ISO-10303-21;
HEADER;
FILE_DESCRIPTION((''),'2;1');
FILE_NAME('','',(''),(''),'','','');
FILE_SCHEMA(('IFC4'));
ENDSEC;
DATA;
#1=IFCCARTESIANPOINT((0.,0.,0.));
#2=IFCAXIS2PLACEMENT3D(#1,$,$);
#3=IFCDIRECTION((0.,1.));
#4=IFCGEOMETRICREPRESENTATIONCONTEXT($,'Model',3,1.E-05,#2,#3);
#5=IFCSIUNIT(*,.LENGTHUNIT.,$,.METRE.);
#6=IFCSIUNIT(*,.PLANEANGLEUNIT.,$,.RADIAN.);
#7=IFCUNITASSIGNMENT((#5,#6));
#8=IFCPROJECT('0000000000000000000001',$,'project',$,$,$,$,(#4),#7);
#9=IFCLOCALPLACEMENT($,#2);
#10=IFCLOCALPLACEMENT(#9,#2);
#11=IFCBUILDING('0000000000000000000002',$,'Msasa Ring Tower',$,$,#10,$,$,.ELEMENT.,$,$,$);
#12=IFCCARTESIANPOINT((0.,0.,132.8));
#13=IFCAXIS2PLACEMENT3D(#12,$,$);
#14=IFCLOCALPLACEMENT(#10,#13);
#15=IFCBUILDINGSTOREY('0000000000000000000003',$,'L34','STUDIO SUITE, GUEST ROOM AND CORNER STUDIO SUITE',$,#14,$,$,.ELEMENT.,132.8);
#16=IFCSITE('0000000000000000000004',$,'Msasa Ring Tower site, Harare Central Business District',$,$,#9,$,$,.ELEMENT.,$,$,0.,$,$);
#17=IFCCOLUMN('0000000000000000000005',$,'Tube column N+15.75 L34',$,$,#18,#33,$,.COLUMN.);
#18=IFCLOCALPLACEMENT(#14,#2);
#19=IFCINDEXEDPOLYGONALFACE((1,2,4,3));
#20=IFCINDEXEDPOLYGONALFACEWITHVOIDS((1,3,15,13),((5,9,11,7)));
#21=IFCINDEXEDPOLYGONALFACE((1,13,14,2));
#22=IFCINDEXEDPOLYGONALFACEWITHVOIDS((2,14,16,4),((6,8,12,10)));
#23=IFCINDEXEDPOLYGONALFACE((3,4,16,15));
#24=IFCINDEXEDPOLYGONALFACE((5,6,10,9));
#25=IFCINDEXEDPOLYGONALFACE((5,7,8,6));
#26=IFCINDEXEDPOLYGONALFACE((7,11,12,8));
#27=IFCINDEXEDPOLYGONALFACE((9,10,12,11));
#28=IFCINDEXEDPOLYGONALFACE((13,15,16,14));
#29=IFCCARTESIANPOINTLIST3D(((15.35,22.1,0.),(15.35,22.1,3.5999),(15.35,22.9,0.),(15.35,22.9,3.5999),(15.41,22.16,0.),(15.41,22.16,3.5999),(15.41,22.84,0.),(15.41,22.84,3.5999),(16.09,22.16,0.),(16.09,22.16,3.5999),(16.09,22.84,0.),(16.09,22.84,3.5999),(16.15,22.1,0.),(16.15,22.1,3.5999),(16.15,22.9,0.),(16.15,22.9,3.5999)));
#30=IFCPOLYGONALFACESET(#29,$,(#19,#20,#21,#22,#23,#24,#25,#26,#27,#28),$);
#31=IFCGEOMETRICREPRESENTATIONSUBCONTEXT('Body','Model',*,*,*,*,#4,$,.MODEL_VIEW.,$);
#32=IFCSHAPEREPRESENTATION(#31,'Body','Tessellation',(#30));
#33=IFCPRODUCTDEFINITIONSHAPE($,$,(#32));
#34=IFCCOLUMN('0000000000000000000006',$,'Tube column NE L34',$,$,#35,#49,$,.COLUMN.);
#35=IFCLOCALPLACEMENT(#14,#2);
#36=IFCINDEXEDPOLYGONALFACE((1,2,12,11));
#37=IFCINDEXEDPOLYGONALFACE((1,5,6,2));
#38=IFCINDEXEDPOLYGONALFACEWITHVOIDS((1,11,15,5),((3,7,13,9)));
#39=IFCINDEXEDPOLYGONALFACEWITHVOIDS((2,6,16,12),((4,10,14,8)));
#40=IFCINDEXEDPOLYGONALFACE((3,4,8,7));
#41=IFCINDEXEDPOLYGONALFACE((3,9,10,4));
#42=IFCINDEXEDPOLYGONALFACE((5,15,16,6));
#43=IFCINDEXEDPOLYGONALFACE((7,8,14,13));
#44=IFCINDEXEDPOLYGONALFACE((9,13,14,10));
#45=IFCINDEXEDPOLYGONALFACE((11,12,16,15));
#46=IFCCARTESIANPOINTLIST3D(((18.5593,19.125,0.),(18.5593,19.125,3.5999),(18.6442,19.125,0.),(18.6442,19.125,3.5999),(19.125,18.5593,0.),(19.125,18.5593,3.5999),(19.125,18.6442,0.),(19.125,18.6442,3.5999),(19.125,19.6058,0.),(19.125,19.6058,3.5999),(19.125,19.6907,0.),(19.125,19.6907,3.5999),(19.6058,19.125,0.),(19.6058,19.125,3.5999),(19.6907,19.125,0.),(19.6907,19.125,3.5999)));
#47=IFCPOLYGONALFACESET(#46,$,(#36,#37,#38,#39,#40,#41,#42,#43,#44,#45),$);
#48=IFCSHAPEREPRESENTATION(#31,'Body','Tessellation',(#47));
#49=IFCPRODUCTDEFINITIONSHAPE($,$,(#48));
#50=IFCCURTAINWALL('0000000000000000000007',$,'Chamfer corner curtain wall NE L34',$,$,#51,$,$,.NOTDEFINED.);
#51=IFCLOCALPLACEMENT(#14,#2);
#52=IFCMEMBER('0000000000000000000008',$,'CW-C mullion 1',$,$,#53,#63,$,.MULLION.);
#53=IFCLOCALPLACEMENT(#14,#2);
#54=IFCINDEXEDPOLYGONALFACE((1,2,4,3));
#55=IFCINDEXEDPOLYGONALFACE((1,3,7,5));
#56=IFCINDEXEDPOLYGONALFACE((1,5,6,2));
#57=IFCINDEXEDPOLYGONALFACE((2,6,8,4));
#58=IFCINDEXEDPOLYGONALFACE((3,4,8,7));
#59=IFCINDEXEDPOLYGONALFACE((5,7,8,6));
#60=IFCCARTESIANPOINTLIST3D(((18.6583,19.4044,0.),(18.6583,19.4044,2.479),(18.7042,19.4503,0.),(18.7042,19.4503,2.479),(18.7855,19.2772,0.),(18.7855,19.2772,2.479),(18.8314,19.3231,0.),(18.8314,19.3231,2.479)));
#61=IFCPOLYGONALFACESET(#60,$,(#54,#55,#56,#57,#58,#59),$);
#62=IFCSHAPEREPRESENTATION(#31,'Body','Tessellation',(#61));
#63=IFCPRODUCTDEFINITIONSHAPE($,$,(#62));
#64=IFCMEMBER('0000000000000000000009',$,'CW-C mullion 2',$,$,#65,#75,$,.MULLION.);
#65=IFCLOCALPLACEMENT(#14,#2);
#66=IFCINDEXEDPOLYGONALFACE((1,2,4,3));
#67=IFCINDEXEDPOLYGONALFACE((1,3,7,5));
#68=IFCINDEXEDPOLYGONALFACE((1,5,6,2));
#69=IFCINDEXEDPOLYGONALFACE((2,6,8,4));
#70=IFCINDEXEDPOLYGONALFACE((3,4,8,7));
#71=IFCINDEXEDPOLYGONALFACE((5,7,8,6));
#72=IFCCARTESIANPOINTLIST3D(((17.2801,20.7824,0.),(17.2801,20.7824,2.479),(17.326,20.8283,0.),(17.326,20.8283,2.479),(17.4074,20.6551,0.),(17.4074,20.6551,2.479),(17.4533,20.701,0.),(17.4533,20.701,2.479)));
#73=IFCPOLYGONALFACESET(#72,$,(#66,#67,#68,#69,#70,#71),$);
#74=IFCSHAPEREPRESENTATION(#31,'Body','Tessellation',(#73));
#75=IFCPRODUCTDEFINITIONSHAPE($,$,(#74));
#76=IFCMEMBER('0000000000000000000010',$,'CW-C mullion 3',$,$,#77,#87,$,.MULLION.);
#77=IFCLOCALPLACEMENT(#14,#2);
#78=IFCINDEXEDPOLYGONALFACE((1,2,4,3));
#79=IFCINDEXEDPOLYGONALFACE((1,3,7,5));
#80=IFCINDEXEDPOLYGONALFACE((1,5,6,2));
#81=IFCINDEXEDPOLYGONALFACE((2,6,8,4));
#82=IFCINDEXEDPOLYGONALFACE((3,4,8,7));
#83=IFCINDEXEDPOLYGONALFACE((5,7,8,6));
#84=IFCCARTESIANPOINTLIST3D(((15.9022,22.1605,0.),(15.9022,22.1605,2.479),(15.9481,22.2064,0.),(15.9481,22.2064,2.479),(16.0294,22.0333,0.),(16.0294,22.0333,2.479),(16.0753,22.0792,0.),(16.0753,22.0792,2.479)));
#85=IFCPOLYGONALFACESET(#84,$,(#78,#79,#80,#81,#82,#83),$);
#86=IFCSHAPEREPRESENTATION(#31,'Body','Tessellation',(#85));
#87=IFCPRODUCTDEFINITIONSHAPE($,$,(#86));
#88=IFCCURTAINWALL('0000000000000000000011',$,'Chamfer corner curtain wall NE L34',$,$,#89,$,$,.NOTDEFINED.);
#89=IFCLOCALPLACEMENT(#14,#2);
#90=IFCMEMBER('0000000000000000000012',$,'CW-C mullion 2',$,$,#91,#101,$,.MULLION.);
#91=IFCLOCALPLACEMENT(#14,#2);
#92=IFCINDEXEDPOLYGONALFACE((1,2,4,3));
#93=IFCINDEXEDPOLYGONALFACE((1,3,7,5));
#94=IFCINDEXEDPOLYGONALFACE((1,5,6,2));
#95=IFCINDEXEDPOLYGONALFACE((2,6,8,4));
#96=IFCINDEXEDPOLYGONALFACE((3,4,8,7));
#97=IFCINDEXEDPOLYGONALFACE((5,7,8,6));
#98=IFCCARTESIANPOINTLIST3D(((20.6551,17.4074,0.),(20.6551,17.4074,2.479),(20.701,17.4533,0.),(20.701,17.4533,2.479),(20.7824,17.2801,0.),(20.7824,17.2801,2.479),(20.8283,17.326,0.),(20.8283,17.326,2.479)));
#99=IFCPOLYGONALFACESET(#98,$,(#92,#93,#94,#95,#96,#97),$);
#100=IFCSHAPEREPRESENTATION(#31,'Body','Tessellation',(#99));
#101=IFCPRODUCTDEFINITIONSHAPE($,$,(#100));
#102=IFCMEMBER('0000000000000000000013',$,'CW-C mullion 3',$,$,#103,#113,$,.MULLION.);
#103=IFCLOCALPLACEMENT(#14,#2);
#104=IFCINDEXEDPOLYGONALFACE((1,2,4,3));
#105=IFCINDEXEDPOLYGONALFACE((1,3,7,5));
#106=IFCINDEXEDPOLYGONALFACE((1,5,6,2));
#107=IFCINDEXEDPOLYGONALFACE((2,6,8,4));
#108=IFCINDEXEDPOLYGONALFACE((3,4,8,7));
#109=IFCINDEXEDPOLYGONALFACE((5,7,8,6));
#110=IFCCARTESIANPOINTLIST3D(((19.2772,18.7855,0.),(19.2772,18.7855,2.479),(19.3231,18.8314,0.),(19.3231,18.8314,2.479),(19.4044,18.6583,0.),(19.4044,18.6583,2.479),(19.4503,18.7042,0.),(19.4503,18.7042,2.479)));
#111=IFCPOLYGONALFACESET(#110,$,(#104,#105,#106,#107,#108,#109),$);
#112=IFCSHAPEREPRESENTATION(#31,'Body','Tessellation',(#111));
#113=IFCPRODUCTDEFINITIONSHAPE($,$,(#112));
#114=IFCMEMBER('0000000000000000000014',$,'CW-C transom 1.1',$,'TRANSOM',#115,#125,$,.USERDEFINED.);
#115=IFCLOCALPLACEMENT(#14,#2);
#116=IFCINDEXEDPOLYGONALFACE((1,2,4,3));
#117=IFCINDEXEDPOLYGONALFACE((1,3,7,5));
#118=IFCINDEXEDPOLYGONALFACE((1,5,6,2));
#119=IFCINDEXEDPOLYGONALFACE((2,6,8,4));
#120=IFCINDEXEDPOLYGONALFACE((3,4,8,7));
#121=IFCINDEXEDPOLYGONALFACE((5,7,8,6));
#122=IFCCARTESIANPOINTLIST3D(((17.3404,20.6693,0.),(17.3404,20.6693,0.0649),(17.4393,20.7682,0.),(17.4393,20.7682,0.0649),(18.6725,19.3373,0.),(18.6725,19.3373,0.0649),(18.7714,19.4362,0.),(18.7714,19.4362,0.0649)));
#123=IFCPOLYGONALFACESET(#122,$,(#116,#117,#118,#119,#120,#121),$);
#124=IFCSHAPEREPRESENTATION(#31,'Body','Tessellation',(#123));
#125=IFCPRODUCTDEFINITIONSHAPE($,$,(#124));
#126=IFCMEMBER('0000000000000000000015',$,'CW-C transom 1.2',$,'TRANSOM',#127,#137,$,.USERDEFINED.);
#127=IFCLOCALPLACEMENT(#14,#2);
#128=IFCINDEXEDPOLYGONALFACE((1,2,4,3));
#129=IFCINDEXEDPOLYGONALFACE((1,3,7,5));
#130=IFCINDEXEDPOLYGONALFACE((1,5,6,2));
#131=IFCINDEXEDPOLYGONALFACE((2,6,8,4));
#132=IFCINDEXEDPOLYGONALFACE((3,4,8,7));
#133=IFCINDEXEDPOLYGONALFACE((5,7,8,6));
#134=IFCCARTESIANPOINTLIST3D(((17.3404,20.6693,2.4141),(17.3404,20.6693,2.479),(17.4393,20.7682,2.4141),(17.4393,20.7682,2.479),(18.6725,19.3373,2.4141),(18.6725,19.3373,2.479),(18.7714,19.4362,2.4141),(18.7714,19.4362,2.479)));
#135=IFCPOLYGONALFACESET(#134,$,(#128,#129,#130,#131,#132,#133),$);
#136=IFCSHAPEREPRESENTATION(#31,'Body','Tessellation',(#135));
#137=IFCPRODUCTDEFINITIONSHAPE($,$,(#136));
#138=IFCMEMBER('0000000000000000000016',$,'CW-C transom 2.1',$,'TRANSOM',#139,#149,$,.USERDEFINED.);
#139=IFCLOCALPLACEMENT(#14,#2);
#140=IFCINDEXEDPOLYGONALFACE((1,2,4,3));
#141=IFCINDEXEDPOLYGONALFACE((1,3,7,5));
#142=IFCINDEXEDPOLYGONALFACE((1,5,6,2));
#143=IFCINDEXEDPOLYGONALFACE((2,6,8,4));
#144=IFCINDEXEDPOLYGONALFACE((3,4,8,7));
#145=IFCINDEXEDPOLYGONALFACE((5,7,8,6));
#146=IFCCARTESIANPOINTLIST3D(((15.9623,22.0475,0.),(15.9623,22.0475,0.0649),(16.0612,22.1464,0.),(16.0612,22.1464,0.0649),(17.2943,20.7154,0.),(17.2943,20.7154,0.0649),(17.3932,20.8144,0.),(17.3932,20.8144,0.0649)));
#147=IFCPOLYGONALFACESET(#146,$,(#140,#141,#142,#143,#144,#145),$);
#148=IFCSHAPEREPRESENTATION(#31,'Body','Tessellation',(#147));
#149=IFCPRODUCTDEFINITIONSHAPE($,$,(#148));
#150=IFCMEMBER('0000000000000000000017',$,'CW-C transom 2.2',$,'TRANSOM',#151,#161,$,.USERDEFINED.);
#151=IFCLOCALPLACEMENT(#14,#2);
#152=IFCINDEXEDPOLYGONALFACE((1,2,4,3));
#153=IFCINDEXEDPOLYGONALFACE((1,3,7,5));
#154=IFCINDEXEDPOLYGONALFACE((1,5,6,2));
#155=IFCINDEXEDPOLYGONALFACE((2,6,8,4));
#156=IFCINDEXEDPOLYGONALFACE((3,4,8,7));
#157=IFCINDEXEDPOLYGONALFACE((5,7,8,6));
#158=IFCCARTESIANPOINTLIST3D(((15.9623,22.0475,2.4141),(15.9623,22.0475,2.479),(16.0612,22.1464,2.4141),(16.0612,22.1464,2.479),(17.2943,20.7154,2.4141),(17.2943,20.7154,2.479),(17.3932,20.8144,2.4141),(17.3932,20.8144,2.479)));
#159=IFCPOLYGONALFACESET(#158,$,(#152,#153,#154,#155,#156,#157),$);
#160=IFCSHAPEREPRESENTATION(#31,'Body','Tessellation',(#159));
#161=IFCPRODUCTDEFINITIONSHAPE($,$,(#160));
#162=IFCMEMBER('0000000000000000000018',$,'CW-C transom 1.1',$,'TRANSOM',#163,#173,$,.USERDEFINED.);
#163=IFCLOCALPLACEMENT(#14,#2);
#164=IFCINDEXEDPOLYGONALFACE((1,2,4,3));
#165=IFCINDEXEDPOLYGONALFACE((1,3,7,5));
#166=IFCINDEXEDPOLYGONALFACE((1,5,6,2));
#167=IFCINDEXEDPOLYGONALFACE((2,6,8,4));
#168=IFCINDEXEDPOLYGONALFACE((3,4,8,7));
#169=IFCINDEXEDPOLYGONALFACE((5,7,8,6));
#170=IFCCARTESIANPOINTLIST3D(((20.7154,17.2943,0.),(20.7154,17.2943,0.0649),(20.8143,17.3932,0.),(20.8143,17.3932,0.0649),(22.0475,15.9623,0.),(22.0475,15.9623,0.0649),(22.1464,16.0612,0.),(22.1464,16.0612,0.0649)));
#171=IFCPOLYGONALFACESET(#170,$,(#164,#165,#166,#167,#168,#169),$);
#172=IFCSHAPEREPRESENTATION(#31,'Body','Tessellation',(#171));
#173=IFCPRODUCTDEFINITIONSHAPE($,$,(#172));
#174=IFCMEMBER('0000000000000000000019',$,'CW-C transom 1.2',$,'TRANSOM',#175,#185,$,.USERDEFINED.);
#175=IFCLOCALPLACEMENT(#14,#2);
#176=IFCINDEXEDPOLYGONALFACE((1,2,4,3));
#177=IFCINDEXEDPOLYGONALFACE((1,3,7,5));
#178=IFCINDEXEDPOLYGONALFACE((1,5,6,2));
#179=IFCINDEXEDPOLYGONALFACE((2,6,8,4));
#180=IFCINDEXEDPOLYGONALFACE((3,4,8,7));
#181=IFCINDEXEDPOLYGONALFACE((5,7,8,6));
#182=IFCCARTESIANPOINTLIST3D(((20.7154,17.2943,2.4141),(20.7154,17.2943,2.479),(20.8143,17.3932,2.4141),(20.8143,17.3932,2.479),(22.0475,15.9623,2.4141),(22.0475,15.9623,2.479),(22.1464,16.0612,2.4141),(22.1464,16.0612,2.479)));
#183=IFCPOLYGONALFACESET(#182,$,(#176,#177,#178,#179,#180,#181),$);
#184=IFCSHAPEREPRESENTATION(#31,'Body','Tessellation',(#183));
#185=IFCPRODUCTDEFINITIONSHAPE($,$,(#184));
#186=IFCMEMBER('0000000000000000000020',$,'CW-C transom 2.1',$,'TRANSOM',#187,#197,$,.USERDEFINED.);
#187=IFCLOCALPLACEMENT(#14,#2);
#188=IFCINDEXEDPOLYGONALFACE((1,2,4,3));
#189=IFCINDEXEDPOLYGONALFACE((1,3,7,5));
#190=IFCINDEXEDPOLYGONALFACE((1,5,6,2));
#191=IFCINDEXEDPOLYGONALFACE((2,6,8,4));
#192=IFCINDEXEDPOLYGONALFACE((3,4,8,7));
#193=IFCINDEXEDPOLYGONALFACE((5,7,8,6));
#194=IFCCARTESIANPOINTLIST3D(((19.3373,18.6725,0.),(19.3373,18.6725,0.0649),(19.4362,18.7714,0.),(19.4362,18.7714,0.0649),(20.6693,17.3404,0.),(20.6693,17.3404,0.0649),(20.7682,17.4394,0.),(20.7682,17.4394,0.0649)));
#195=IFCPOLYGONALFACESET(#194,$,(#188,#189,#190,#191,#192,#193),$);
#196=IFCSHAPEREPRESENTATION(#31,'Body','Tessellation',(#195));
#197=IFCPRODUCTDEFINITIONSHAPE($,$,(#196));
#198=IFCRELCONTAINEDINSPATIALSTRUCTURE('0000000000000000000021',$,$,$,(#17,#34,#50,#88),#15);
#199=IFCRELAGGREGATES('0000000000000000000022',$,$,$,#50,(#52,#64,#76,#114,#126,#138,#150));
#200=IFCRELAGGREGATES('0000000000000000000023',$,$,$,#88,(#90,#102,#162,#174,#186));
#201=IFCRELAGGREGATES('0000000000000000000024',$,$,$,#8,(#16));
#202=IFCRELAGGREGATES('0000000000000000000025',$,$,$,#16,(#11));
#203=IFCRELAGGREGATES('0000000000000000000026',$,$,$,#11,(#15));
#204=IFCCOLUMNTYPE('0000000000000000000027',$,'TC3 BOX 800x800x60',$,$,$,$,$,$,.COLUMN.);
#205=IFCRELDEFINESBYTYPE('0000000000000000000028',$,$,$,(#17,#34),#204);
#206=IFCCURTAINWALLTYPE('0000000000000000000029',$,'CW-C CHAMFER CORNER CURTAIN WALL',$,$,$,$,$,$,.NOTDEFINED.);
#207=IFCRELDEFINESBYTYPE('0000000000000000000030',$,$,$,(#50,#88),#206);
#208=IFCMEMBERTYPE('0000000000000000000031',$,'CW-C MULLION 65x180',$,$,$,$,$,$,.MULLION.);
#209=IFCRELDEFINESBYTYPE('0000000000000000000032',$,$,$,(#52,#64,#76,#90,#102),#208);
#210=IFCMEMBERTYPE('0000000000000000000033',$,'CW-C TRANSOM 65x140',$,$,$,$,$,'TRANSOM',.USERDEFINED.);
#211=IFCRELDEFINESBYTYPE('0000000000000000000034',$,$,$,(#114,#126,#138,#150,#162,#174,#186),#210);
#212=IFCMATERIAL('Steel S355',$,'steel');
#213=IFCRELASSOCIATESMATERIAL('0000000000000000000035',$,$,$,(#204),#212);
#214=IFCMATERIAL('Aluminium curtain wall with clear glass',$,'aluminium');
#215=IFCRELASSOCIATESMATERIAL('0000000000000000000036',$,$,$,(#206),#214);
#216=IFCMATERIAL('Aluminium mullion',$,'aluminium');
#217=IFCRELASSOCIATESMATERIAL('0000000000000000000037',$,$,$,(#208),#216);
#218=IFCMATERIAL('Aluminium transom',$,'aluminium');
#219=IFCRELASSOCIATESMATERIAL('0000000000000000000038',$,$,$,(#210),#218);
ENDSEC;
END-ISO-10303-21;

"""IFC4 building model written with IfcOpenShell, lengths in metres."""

from ifc_helpers import new_model, si_unit, direction, frame, origin, origin_2d, place, context, subcontext, project, spatial, rectangle, hollow_rectangle, extrude, material, material_profile, profile_set, type_object, element, aggregate, save


model = new_model("IFC4")

# Units and contexts
model_context = context("Model", 3, precision=1e-05, world=origin(), true_north=direction((0.0, 1.0)))
body_context = subcontext(model_context, "Body", "Model", "MODEL_VIEW")
ifc_project = project(units=[si_unit("LENGTHUNIT", "METRE"), si_unit("PLANEANGLEUNIT", "RADIAN")], contexts=[model_context])

# Site, building, storey
site_placement = place(None, origin())
site = spatial("IfcSite", under=ifc_project, at=site_placement, Name="Msasa Ring Tower site, Harare Central Business District", CompositionType="ELEMENT", RefElevation=0.0)
building_placement = place(site_placement, origin())
building = spatial("IfcBuilding", under=site, at=building_placement, Name="Msasa Ring Tower", CompositionType="ELEMENT")
storey_placement = place(building_placement, frame((0.0, 0.0, 132.8)))
storey = spatial("IfcBuildingStorey", under=building, at=storey_placement, Name="L34", Description="STUDIO SUITE, GUEST ROOM AND CORNER STUDIO SUITE", CompositionType="ELEMENT", Elevation=132.8)

# Columns
ifc_material_1 = material(Name="Steel S355", Category="steel")
ifc_material_profile_1 = material_profile(ifc_material_1, hollow_rectangle(XDim=0.8, YDim=0.8, WallThickness=0.0601, at=origin_2d()), Name="BOX 800x800x60")
ifc_profile_set_1 = profile_set([ifc_material_profile_1], Name="Steel S355")
column_type = type_object("IfcColumnType", Name="TC3 BOX 800x800x60", PredefinedType="COLUMN", material=ifc_profile_set_1)
for number, where, z_axis, x_axis, name in (
    (1, (15.75, 22.5, 0.0), (0.0, 0.0, 1.0), (0.0, 1.0, 0.0), "Tube column N+15.75 L34"),
    (2, (19.125, 19.125, 0.0), (0.0, 0.0, 1.0), (0.707107, 0.707107, 0.0), "Tube column NE L34"),
):
    element("IfcColumn", number, at=place(storey_placement, frame(where, z_axis=z_axis, x_axis=x_axis)), inside=storey, type_object=column_type, Name=name, PredefinedType="COLUMN", context=body_context, shape_type="SweptSolid", body=[
        extrude(hollow_rectangle(XDim=0.8, YDim=0.8, WallThickness=0.0601, at=origin_2d()), origin(), (0.0, 0.0, 1.0), 3.5999),
    ])

# Curtain walls, members
ifc_material_2 = material(Name="Aluminium curtain wall with clear glass", Category="aluminium")
curtain_wall_type = type_object("IfcCurtainWallType", Name="CW-C CHAMFER CORNER CURTAIN WALL", PredefinedType="NOTDEFINED", material=ifc_material_2)
curtain_wall_1_placement = place(storey_placement, origin())
curtain_wall_1 = element("IfcCurtainWall", 3, at=curtain_wall_1_placement, inside=storey, type_object=curtain_wall_type, Name="Chamfer corner curtain wall NE L34", PredefinedType="NOTDEFINED")
ifc_material_3 = material(Name="Aluminium mullion", Category="aluminium")
ifc_material_profile_2 = material_profile(ifc_material_3, rectangle(XDim=0.0649, YDim=0.1799, at=origin_2d()), Name="AL 65x180")
ifc_profile_set_2 = profile_set([ifc_material_profile_2], Name="Aluminium mullion")
member_type_1 = type_object("IfcMemberType", Name="CW-C MULLION 65x180", PredefinedType="MULLION", material=ifc_profile_set_2)
member_1_placement = place(storey_placement, frame((18.7449, 19.3638, 0.0), z_axis=(0.0, 0.0, 1.0), x_axis=(-0.707107, -0.707107, 0.0)))
member_1 = element("IfcMember", 4, at=member_1_placement, type_object=member_type_1, Name="CW-C mullion 1", PredefinedType="MULLION", context=body_context, shape_type="SweptSolid", body=[
    extrude(rectangle(XDim=0.0649, YDim=0.1799, at=origin_2d()), origin(), (0.0, 0.0, 1.0), 2.479),
])
member_2_placement = place(storey_placement, frame((17.3667, 20.7417, 0.0), z_axis=(0.0, 0.0, 1.0), x_axis=(-0.707107, -0.707107, 0.0)))
member_2 = element("IfcMember", 5, at=member_2_placement, type_object=member_type_1, Name="CW-C mullion 2", PredefinedType="MULLION", context=body_context, shape_type="SweptSolid", body=[
    extrude(rectangle(XDim=0.0649, YDim=0.1799, at=origin_2d()), origin(), (0.0, 0.0, 1.0), 2.479),
])
member_3_placement = place(storey_placement, frame((15.9888, 22.1199, 0.0), z_axis=(0.0, 0.0, 1.0), x_axis=(-0.707107, -0.707107, 0.0)))
member_3 = element("IfcMember", 6, at=member_3_placement, type_object=member_type_1, Name="CW-C mullion 3", PredefinedType="MULLION", context=body_context, shape_type="SweptSolid", body=[
    extrude(rectangle(XDim=0.0649, YDim=0.1799, at=origin_2d()), origin(), (0.0, 0.0, 1.0), 2.479),
])
curtain_wall_2_placement = place(storey_placement, origin())
curtain_wall_2 = element("IfcCurtainWall", 7, at=curtain_wall_2_placement, inside=storey, type_object=curtain_wall_type, Name="Chamfer corner curtain wall NE L34", PredefinedType="NOTDEFINED")
member_4_placement = place(storey_placement, frame((20.7417, 17.3667, 0.0), z_axis=(0.0, 0.0, 1.0), x_axis=(-0.707107, -0.707107, 0.0)))
member_4 = element("IfcMember", 8, at=member_4_placement, type_object=member_type_1, Name="CW-C mullion 2", PredefinedType="MULLION", context=body_context, shape_type="SweptSolid", body=[
    extrude(rectangle(XDim=0.0649, YDim=0.1799, at=origin_2d()), origin(), (0.0, 0.0, 1.0), 2.479),
])
member_5_placement = place(storey_placement, frame((19.3638, 18.7449, 0.0), z_axis=(0.0, 0.0, 1.0), x_axis=(-0.707107, -0.707107, 0.0)))
member_5 = element("IfcMember", 9, at=member_5_placement, type_object=member_type_1, Name="CW-C mullion 3", PredefinedType="MULLION", context=body_context, shape_type="SweptSolid", body=[
    extrude(rectangle(XDim=0.0649, YDim=0.1799, at=origin_2d()), origin(), (0.0, 0.0, 1.0), 2.479),
])

# Members
ifc_material_4 = material(Name="Aluminium transom", Category="aluminium")
ifc_material_profile_3 = material_profile(ifc_material_4, rectangle(XDim=0.1399, YDim=0.0649, at=origin_2d()), Name="AL 65x140")
ifc_profile_set_3 = profile_set([ifc_material_profile_3], Name="Aluminium transom")
member_type_2 = type_object("IfcMemberType", Name="CW-C TRANSOM 65x140", ElementType="TRANSOM", PredefinedType="USERDEFINED", material=ifc_profile_set_3)
member_6_placement = place(storey_placement, frame((18.7219, 19.3867, 0.0325), z_axis=(-0.707107, 0.707107, 0.0), x_axis=(-0.707107, -0.707107, 0.0)))
member_6 = element("IfcMember", 10, at=member_6_placement, type_object=member_type_2, Name="CW-C transom 1.1", ObjectType="TRANSOM", PredefinedType="USERDEFINED", context=body_context, shape_type="SweptSolid", body=[
    extrude(rectangle(XDim=0.1399, YDim=0.0649, at=origin_2d()), origin(), (0.0, 0.0, 1.0), 1.8838),
])
member_7_placement = place(storey_placement, frame((18.7219, 19.3867, 2.4465), z_axis=(-0.707107, 0.707107, 0.0), x_axis=(-0.707107, -0.707107, 0.0)))
member_7 = element("IfcMember", 11, at=member_7_placement, type_object=member_type_2, Name="CW-C transom 1.2", ObjectType="TRANSOM", PredefinedType="USERDEFINED", context=body_context, shape_type="SweptSolid", body=[
    extrude(rectangle(XDim=0.1399, YDim=0.0649, at=origin_2d()), origin(), (0.0, 0.0, 1.0), 1.8838),
])
member_8_placement = place(storey_placement, frame((17.3438, 20.7649, 0.0325), z_axis=(-0.707107, 0.707107, 0.0), x_axis=(-0.707107, -0.707107, 0.0)))
member_8 = element("IfcMember", 12, at=member_8_placement, type_object=member_type_2, Name="CW-C transom 2.1", ObjectType="TRANSOM", PredefinedType="USERDEFINED", context=body_context, shape_type="SweptSolid", body=[
    extrude(rectangle(XDim=0.1399, YDim=0.0649, at=origin_2d()), origin(), (0.0, 0.0, 1.0), 1.8838),
])
member_9_placement = place(storey_placement, frame((17.3438, 20.7649, 2.4465), z_axis=(-0.707107, 0.707107, 0.0), x_axis=(-0.707107, -0.707107, 0.0)))
member_9 = element("IfcMember", 13, at=member_9_placement, type_object=member_type_2, Name="CW-C transom 2.2", ObjectType="TRANSOM", PredefinedType="USERDEFINED", context=body_context, shape_type="SweptSolid", body=[
    extrude(rectangle(XDim=0.1399, YDim=0.0649, at=origin_2d()), origin(), (0.0, 0.0, 1.0), 1.8838),
])
member_10_placement = place(storey_placement, frame((22.0969, 16.0117, 0.0325), z_axis=(-0.707107, 0.707107, 0.0), x_axis=(-0.707107, -0.707107, 0.0)))
member_10 = element("IfcMember", 14, at=member_10_placement, type_object=member_type_2, Name="CW-C transom 1.1", ObjectType="TRANSOM", PredefinedType="USERDEFINED", context=body_context, shape_type="SweptSolid", body=[
    extrude(rectangle(XDim=0.1399, YDim=0.0649, at=origin_2d()), origin(), (0.0, 0.0, 1.0), 1.8838),
])
member_11_placement = place(storey_placement, frame((22.0969, 16.0117, 2.4465), z_axis=(-0.707107, 0.707107, 0.0), x_axis=(-0.707107, -0.707107, 0.0)))
member_11 = element("IfcMember", 15, at=member_11_placement, type_object=member_type_2, Name="CW-C transom 1.2", ObjectType="TRANSOM", PredefinedType="USERDEFINED", context=body_context, shape_type="SweptSolid", body=[
    extrude(rectangle(XDim=0.1399, YDim=0.0649, at=origin_2d()), origin(), (0.0, 0.0, 1.0), 1.8838),
])
member_12_placement = place(storey_placement, frame((20.7188, 17.3899, 0.0325), z_axis=(-0.707107, 0.707107, 0.0), x_axis=(-0.707107, -0.707107, 0.0)))
member_12 = element("IfcMember", 16, at=member_12_placement, type_object=member_type_2, Name="CW-C transom 2.1", ObjectType="TRANSOM", PredefinedType="USERDEFINED", context=body_context, shape_type="SweptSolid", body=[
    extrude(rectangle(XDim=0.1399, YDim=0.0649, at=origin_2d()), origin(), (0.0, 0.0, 1.0), 1.8838),
])

aggregate(curtain_wall_1, [member_1, member_2, member_3, member_6, member_7, member_8, member_9])
aggregate(curtain_wall_2, [member_4, member_5, member_10, member_11, member_12])

save(model, "model.ifc")
